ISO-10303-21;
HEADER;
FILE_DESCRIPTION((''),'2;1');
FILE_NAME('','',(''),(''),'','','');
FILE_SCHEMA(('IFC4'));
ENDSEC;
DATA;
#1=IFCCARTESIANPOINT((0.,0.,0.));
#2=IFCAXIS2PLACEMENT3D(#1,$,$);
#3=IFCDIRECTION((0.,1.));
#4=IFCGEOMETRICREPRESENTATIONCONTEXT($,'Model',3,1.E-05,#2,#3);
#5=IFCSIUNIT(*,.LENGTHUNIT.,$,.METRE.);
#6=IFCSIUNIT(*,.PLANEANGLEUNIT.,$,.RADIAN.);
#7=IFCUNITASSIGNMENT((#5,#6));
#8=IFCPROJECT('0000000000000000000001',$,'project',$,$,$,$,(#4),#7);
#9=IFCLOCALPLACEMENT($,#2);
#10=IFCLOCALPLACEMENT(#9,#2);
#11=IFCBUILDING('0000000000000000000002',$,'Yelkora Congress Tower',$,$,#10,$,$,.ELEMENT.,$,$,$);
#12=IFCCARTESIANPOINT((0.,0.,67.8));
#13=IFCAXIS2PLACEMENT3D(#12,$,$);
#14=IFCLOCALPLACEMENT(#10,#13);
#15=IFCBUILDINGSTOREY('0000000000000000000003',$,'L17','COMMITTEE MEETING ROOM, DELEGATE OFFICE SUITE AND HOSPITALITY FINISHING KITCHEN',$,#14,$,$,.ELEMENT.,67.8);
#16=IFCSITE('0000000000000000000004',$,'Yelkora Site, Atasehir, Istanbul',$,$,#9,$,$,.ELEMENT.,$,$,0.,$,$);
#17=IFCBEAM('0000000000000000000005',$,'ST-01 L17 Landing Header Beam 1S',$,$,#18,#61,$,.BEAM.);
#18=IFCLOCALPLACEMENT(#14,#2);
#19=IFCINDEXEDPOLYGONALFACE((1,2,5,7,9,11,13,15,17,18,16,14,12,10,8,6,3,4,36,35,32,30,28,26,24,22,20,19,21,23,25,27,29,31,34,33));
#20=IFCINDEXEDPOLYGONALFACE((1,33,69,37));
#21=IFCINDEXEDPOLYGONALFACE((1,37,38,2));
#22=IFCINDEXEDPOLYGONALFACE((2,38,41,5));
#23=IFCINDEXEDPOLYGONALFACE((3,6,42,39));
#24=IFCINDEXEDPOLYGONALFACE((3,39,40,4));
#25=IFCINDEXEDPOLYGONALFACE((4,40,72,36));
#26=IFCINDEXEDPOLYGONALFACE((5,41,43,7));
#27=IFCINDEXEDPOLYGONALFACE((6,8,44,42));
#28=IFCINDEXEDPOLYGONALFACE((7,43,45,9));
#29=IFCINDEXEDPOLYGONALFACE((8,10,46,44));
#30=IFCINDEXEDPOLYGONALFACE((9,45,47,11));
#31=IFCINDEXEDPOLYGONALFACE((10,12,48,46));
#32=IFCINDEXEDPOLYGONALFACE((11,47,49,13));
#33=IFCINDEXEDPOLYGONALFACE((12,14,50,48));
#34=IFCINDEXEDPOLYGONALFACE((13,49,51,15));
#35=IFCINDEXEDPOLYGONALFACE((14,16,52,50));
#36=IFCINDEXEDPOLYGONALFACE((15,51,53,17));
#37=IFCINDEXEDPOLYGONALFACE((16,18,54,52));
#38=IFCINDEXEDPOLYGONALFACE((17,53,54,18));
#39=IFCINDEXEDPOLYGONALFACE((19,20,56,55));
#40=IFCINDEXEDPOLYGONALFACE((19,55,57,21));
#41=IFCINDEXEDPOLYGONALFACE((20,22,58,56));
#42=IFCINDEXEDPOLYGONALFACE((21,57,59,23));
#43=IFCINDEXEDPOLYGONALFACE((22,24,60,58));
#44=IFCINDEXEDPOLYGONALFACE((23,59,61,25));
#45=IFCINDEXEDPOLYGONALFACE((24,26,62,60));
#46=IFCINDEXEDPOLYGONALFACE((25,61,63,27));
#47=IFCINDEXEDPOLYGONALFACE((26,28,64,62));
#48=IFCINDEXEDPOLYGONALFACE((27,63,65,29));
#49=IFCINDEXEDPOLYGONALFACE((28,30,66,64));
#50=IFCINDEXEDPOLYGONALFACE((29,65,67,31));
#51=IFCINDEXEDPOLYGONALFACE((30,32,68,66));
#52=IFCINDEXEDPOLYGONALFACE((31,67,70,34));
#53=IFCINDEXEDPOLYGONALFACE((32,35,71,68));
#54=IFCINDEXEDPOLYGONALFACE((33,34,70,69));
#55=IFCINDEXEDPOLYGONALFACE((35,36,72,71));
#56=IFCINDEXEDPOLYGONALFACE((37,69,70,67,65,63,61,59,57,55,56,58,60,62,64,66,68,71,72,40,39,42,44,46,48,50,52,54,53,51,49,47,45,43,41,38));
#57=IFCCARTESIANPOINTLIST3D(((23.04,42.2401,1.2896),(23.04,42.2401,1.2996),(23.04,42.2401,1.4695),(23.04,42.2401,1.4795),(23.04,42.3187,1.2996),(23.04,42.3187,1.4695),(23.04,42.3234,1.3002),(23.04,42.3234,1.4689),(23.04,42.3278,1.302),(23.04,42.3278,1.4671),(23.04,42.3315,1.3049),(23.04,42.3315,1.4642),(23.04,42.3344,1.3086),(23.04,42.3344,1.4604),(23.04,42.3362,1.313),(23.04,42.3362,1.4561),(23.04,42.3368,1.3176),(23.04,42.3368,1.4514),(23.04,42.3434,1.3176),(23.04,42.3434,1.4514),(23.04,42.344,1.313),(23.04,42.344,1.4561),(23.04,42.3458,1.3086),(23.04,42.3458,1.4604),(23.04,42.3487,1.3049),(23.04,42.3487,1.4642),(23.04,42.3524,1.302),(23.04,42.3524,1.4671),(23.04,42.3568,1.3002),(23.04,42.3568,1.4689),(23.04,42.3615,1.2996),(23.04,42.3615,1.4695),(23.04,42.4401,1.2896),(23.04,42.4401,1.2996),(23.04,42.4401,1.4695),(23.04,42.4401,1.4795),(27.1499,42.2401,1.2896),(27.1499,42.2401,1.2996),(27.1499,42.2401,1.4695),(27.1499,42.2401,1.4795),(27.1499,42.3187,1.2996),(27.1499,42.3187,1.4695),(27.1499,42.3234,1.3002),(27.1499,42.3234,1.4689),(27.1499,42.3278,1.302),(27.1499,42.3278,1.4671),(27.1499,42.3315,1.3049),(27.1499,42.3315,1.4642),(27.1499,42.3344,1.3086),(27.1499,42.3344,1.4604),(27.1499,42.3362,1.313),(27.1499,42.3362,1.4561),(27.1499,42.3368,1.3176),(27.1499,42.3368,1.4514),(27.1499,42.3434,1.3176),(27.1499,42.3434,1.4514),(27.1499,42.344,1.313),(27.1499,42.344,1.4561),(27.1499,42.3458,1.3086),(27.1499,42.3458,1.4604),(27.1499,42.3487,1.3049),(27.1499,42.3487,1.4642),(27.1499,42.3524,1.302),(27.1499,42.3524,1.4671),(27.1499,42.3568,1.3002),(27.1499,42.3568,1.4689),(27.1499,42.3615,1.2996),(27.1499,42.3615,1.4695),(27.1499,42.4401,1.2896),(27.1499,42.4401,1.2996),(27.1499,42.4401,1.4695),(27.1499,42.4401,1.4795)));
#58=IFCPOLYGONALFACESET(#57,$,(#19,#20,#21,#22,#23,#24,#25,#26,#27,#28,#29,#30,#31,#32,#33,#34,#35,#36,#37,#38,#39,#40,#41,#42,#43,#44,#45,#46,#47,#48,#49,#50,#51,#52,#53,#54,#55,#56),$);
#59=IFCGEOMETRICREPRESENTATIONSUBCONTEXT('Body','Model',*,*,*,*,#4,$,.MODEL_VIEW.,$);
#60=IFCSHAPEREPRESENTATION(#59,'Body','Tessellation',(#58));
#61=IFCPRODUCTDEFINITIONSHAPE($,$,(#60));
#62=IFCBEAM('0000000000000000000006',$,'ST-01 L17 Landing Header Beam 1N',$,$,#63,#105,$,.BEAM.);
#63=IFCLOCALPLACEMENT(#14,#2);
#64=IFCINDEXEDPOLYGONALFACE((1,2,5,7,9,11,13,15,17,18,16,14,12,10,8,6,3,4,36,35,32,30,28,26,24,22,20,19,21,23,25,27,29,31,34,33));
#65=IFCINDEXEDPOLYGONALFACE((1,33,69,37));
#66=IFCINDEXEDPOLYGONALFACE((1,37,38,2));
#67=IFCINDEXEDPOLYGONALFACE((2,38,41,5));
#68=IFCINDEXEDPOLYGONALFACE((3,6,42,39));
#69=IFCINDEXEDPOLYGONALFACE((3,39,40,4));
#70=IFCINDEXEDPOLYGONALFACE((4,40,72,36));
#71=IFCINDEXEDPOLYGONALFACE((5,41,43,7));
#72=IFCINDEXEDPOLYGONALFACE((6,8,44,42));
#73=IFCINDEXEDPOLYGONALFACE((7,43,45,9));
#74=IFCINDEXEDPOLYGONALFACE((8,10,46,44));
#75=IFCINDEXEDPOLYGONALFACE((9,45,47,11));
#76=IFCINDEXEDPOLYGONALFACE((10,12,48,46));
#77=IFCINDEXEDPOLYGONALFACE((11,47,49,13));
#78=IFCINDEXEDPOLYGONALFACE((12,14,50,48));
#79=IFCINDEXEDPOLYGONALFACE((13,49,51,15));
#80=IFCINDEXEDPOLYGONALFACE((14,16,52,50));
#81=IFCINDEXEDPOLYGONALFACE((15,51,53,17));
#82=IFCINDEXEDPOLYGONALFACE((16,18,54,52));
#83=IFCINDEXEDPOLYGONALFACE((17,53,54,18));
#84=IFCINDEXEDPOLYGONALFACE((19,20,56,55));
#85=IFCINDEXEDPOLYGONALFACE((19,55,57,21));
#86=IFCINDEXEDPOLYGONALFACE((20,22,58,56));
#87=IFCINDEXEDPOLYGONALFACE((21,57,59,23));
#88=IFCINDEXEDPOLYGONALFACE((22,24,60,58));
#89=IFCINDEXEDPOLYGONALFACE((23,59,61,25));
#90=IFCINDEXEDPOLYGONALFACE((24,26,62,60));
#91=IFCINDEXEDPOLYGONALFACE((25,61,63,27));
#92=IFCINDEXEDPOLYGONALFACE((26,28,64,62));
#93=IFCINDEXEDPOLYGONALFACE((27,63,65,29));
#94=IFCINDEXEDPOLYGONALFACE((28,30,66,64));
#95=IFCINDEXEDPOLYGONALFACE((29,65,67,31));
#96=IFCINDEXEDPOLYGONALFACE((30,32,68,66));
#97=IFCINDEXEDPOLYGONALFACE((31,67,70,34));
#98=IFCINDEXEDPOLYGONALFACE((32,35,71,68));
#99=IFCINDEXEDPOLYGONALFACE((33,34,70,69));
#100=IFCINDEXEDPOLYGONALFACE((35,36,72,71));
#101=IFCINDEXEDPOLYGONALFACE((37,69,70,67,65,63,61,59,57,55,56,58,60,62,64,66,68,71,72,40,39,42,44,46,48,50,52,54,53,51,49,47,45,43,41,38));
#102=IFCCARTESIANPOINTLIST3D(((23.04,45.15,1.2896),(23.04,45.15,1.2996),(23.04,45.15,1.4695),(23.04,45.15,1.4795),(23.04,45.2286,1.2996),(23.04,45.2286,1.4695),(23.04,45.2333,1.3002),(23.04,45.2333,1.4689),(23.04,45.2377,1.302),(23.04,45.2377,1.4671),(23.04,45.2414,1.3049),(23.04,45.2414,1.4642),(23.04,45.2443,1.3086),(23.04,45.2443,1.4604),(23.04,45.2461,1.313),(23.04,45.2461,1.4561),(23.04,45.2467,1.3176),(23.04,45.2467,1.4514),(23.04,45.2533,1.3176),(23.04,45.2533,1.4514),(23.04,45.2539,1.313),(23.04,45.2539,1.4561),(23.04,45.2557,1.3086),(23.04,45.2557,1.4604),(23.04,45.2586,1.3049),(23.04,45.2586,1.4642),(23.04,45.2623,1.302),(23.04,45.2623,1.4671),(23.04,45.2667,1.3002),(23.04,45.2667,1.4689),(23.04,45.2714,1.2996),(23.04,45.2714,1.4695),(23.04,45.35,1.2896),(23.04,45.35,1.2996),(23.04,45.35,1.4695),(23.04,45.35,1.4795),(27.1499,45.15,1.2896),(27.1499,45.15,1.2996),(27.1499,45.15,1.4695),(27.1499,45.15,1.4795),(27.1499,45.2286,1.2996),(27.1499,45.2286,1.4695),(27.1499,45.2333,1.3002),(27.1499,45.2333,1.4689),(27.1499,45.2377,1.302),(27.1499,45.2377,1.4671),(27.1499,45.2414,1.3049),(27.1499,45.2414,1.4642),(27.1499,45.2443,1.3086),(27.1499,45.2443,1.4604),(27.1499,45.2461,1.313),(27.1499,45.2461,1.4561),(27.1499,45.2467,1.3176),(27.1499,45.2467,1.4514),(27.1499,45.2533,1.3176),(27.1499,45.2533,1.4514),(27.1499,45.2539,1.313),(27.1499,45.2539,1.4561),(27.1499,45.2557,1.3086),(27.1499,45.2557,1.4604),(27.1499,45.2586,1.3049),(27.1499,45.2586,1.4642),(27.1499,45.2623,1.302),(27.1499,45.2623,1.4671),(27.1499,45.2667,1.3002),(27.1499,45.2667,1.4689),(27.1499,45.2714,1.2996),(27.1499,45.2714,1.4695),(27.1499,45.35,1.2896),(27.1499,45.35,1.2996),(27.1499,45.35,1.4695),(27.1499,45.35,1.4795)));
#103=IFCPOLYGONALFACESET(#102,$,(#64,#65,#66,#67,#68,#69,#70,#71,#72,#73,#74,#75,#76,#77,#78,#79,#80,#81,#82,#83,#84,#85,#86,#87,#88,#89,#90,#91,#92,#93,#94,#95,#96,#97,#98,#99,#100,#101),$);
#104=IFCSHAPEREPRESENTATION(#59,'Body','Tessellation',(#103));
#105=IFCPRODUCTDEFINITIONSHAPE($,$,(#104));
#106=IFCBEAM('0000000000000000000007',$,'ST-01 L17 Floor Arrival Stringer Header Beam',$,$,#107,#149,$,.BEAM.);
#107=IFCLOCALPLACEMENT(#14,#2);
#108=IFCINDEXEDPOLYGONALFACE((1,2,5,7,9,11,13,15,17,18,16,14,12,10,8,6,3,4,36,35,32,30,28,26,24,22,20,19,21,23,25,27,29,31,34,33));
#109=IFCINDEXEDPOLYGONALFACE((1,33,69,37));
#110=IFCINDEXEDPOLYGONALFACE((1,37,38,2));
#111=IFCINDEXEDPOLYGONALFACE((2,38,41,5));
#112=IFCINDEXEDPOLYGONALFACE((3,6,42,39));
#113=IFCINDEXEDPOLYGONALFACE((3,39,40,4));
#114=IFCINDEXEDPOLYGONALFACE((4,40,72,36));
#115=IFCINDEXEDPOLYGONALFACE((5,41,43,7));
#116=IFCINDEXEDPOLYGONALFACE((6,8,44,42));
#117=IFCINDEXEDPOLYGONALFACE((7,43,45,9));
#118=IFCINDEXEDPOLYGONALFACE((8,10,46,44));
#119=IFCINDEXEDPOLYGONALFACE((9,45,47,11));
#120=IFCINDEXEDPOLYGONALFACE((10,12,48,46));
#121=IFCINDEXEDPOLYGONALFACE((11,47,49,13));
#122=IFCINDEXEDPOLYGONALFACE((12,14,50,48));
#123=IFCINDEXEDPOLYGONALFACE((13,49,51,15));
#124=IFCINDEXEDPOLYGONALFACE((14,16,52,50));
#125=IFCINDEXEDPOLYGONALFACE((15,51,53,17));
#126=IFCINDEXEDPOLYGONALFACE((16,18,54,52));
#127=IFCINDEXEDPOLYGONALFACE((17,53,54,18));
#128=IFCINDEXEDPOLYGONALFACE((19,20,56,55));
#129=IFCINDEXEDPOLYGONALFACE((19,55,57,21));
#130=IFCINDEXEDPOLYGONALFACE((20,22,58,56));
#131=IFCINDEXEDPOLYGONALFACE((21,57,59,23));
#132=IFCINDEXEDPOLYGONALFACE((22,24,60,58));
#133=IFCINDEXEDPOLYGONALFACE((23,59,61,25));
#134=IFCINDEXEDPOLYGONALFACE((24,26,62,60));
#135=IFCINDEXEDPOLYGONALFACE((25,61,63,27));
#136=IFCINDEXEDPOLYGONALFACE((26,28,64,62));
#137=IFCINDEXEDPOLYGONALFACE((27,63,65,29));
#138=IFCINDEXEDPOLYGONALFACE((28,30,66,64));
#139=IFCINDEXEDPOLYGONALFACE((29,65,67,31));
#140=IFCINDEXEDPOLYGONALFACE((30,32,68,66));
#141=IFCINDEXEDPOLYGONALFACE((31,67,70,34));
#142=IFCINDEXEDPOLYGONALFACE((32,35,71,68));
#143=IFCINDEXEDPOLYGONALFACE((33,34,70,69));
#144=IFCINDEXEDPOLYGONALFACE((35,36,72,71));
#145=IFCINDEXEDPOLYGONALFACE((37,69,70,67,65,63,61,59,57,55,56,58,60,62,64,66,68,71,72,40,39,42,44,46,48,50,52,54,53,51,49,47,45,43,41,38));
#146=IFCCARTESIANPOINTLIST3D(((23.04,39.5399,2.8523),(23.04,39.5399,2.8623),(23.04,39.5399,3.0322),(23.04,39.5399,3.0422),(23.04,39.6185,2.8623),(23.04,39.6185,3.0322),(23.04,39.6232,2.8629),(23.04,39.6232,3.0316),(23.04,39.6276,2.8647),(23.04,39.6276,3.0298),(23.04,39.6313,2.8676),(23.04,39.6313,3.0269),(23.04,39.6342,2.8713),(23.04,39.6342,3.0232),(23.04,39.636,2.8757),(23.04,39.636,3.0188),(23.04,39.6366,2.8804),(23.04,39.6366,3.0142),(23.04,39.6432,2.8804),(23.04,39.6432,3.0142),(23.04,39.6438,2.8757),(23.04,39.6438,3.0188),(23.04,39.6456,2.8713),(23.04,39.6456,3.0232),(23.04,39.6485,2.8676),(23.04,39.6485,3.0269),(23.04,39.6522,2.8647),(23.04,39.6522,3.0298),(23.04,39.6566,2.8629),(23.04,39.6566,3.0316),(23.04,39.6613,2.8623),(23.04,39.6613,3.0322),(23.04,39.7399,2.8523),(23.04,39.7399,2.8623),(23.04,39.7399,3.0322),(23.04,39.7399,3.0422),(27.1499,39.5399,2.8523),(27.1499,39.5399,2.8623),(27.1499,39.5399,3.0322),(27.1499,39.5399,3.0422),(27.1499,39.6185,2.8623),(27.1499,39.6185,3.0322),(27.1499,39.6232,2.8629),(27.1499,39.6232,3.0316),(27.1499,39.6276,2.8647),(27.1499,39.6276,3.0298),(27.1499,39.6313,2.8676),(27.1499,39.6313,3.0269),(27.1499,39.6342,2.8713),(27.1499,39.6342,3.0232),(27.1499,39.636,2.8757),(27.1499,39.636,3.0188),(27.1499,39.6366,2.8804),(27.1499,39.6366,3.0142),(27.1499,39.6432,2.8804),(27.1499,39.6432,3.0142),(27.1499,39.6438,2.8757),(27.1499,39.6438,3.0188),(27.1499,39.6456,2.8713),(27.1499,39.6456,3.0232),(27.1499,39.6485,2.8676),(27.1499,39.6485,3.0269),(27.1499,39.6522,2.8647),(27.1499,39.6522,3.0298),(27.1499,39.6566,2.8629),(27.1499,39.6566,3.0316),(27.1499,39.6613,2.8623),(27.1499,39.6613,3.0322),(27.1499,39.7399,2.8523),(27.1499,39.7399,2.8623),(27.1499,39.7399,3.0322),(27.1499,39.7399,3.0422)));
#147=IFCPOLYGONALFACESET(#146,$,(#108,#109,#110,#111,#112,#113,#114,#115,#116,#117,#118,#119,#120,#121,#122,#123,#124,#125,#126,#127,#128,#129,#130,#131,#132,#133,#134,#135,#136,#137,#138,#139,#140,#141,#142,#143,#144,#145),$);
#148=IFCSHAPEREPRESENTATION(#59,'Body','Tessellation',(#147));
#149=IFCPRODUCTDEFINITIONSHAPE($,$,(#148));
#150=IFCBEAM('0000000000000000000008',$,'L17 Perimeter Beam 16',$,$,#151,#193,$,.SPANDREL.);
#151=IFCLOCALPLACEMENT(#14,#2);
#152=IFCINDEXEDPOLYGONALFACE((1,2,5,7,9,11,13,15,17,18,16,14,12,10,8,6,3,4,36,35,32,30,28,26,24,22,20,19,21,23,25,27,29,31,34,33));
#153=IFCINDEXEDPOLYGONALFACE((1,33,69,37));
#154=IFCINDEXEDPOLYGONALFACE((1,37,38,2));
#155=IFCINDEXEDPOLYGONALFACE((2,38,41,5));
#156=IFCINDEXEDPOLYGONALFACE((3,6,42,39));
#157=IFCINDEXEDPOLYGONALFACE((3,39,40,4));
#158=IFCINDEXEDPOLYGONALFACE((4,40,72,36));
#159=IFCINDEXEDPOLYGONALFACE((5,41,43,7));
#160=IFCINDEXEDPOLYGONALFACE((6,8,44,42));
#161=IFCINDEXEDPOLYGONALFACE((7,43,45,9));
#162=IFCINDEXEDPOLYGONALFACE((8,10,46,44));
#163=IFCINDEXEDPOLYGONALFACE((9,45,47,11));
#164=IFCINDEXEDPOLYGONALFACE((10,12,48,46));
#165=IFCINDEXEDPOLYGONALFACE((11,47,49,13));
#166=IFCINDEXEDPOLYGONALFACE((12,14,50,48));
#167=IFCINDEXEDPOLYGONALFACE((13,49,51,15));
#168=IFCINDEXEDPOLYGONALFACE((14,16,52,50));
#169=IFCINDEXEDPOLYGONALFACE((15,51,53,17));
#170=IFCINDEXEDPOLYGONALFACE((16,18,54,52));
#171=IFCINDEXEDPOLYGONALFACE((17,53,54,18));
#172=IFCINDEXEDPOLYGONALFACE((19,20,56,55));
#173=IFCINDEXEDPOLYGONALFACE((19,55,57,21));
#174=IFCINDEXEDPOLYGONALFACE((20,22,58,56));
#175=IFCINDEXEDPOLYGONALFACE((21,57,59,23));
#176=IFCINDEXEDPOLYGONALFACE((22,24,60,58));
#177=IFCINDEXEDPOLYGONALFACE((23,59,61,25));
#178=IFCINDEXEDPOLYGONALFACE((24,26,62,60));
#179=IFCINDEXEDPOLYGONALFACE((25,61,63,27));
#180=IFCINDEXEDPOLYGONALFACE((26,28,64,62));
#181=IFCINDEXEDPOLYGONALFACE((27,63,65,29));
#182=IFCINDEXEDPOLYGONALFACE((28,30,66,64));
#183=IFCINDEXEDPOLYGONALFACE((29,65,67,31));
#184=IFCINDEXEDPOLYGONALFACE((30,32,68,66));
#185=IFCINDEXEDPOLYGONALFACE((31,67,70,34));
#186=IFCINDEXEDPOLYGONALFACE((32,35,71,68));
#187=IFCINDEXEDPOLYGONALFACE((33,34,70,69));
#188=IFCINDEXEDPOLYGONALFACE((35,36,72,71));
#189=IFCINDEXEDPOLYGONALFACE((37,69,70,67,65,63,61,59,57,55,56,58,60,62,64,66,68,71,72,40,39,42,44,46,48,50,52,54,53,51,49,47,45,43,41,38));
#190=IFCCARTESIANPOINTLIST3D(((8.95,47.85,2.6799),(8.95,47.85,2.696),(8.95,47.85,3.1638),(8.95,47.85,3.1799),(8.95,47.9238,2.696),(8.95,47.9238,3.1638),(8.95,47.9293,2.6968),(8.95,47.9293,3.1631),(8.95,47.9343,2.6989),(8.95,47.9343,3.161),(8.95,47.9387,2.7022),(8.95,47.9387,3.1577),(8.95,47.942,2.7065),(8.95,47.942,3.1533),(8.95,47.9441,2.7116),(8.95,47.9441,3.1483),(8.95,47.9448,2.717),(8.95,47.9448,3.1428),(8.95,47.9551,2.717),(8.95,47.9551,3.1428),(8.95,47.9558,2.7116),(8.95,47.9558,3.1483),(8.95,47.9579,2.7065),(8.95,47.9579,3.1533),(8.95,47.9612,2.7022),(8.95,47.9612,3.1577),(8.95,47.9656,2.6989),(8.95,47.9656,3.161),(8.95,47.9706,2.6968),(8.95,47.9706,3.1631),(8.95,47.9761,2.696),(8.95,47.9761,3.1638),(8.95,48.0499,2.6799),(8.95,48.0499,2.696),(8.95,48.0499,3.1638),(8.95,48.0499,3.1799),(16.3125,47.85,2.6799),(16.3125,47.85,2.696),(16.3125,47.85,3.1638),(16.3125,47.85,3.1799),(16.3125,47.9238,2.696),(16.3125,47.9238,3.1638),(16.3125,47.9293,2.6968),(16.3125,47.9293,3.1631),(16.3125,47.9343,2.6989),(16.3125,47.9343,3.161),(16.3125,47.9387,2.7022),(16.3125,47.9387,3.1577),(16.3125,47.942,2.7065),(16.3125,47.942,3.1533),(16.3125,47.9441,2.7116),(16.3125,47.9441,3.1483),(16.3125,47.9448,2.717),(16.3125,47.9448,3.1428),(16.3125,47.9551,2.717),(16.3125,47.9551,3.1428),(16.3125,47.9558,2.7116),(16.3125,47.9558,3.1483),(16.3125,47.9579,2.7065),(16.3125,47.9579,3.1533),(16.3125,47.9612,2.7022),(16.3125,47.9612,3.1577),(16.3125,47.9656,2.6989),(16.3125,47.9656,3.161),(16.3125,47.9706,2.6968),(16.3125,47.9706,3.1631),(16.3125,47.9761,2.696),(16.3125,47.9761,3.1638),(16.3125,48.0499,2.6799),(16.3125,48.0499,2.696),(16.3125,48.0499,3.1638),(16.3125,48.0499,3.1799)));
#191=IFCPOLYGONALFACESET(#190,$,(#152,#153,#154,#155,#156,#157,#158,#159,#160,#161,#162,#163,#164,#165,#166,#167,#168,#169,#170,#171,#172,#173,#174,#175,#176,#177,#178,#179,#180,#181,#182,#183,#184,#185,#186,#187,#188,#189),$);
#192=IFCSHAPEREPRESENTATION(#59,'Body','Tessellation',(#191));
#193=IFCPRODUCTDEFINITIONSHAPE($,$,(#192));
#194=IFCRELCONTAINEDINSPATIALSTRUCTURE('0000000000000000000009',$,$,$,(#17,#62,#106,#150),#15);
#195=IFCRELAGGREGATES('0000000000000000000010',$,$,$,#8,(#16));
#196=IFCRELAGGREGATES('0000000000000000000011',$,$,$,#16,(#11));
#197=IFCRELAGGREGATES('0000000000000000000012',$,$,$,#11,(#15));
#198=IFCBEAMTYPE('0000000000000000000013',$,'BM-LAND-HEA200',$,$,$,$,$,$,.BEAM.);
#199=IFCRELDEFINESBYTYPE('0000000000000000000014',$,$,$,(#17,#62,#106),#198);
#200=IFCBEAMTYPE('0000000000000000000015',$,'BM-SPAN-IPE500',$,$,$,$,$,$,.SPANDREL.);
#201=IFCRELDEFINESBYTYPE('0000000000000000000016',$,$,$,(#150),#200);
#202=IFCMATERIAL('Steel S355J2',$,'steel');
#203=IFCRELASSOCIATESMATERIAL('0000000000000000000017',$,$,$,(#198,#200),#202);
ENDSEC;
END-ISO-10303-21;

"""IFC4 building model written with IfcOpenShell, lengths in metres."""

from ifc_helpers import new_model, si_unit, direction, frame, origin, origin_2d, place, context, subcontext, project, spatial, i_section, extrude, material, material_profile, profile_set, type_object, element, save


model = new_model("IFC4")

# Units and contexts
model_context = context("Model", 3, precision=1e-05, world=origin(), true_north=direction((0.0, 1.0)))
body_context = subcontext(model_context, "Body", "Model", "MODEL_VIEW")
ifc_project = project(units=[si_unit("LENGTHUNIT", "METRE"), si_unit("PLANEANGLEUNIT", "RADIAN")], contexts=[model_context])

# Site, building, storey
site_placement = place(None, origin())
site = spatial("IfcSite", under=ifc_project, at=site_placement, Name="Yelkora Site, Atasehir, Istanbul", CompositionType="ELEMENT", RefElevation=0.0)
building_placement = place(site_placement, origin())
building = spatial("IfcBuilding", under=site, at=building_placement, Name="Yelkora Congress Tower", CompositionType="ELEMENT")
storey_placement = place(building_placement, frame((0.0, 0.0, 67.8)))
storey = spatial("IfcBuildingStorey", under=building, at=storey_placement, Name="L17", Description="COMMITTEE MEETING ROOM, DELEGATE OFFICE SUITE AND HOSPITALITY FINISHING KITCHEN", CompositionType="ELEMENT", Elevation=67.8)

# Beams
ifc_material_1 = material(Name="Steel S355J2", Category="steel")
ifc_material_profile_1 = material_profile(ifc_material_1, i_section(OverallWidth=0.2, OverallDepth=0.1899, WebThickness=0.0066, FlangeThickness=0.01, FilletRadius=0.0181, at=origin_2d()), Name="HEA 200")
ifc_profile_set_1 = profile_set([ifc_material_profile_1], Name="Steel S355J2")
beam_type_1 = type_object("IfcBeamType", Name="BM-LAND-HEA200", PredefinedType="BEAM", material=ifc_profile_set_1)
for number, where, z_axis, x_axis, name in (
    (1, (23.04, 42.3401, 1.3845), (1.0, 0.0, 0.0), (0.0, 1.0, 0.0), "ST-01 L17 Landing Header Beam 1S"),
    (2, (23.04, 45.25, 1.3845), (1.0, 0.0, 0.0), (0.0, 1.0, 0.0), "ST-01 L17 Landing Header Beam 1N"),
    (3, (23.04, 39.6399, 2.9473), (1.0, 0.0, 0.0), (0.0, 1.0, 0.0), "ST-01 L17 Floor Arrival Stringer Header Beam"),
):
    element("IfcBeam", number, at=place(storey_placement, frame(where, z_axis=z_axis, x_axis=x_axis)), inside=storey, type_object=beam_type_1, Name=name, PredefinedType="BEAM", context=body_context, shape_type="SweptSolid", body=[
        extrude(i_section(OverallWidth=0.2, OverallDepth=0.1899, WebThickness=0.0066, FlangeThickness=0.01, FilletRadius=0.0181, at=origin_2d()), origin(), (0.0, 0.0, 1.0), 4.1099),
    ])
ifc_material_profile_2 = material_profile(ifc_material_1, i_section(OverallWidth=0.2, OverallDepth=0.5, WebThickness=0.0103, FlangeThickness=0.0161, FilletRadius=0.021, at=origin_2d()), Name="IPE 500")
ifc_profile_set_2 = profile_set([ifc_material_profile_2], Name="Steel S355J2")
beam_type_2 = type_object("IfcBeamType", Name="BM-SPAN-IPE500", PredefinedType="SPANDREL", material=ifc_profile_set_2)
beam_1_placement = place(storey_placement, frame((16.3125, 47.95, 2.9299), z_axis=(-1.0, 0.0, 0.0), x_axis=(0.0, -1.0, 0.0)))
element("IfcBeam", 4, at=beam_1_placement, inside=storey, type_object=beam_type_2, Name="L17 Perimeter Beam 16", PredefinedType="SPANDREL", context=body_context, shape_type="SweptSolid", body=[
    extrude(i_section(OverallWidth=0.2, OverallDepth=0.5, WebThickness=0.0103, FlangeThickness=0.0161, FilletRadius=0.021, at=origin_2d()), origin(), (0.0, 0.0, 1.0), 7.3625),
])

save(model, "model.ifc")
